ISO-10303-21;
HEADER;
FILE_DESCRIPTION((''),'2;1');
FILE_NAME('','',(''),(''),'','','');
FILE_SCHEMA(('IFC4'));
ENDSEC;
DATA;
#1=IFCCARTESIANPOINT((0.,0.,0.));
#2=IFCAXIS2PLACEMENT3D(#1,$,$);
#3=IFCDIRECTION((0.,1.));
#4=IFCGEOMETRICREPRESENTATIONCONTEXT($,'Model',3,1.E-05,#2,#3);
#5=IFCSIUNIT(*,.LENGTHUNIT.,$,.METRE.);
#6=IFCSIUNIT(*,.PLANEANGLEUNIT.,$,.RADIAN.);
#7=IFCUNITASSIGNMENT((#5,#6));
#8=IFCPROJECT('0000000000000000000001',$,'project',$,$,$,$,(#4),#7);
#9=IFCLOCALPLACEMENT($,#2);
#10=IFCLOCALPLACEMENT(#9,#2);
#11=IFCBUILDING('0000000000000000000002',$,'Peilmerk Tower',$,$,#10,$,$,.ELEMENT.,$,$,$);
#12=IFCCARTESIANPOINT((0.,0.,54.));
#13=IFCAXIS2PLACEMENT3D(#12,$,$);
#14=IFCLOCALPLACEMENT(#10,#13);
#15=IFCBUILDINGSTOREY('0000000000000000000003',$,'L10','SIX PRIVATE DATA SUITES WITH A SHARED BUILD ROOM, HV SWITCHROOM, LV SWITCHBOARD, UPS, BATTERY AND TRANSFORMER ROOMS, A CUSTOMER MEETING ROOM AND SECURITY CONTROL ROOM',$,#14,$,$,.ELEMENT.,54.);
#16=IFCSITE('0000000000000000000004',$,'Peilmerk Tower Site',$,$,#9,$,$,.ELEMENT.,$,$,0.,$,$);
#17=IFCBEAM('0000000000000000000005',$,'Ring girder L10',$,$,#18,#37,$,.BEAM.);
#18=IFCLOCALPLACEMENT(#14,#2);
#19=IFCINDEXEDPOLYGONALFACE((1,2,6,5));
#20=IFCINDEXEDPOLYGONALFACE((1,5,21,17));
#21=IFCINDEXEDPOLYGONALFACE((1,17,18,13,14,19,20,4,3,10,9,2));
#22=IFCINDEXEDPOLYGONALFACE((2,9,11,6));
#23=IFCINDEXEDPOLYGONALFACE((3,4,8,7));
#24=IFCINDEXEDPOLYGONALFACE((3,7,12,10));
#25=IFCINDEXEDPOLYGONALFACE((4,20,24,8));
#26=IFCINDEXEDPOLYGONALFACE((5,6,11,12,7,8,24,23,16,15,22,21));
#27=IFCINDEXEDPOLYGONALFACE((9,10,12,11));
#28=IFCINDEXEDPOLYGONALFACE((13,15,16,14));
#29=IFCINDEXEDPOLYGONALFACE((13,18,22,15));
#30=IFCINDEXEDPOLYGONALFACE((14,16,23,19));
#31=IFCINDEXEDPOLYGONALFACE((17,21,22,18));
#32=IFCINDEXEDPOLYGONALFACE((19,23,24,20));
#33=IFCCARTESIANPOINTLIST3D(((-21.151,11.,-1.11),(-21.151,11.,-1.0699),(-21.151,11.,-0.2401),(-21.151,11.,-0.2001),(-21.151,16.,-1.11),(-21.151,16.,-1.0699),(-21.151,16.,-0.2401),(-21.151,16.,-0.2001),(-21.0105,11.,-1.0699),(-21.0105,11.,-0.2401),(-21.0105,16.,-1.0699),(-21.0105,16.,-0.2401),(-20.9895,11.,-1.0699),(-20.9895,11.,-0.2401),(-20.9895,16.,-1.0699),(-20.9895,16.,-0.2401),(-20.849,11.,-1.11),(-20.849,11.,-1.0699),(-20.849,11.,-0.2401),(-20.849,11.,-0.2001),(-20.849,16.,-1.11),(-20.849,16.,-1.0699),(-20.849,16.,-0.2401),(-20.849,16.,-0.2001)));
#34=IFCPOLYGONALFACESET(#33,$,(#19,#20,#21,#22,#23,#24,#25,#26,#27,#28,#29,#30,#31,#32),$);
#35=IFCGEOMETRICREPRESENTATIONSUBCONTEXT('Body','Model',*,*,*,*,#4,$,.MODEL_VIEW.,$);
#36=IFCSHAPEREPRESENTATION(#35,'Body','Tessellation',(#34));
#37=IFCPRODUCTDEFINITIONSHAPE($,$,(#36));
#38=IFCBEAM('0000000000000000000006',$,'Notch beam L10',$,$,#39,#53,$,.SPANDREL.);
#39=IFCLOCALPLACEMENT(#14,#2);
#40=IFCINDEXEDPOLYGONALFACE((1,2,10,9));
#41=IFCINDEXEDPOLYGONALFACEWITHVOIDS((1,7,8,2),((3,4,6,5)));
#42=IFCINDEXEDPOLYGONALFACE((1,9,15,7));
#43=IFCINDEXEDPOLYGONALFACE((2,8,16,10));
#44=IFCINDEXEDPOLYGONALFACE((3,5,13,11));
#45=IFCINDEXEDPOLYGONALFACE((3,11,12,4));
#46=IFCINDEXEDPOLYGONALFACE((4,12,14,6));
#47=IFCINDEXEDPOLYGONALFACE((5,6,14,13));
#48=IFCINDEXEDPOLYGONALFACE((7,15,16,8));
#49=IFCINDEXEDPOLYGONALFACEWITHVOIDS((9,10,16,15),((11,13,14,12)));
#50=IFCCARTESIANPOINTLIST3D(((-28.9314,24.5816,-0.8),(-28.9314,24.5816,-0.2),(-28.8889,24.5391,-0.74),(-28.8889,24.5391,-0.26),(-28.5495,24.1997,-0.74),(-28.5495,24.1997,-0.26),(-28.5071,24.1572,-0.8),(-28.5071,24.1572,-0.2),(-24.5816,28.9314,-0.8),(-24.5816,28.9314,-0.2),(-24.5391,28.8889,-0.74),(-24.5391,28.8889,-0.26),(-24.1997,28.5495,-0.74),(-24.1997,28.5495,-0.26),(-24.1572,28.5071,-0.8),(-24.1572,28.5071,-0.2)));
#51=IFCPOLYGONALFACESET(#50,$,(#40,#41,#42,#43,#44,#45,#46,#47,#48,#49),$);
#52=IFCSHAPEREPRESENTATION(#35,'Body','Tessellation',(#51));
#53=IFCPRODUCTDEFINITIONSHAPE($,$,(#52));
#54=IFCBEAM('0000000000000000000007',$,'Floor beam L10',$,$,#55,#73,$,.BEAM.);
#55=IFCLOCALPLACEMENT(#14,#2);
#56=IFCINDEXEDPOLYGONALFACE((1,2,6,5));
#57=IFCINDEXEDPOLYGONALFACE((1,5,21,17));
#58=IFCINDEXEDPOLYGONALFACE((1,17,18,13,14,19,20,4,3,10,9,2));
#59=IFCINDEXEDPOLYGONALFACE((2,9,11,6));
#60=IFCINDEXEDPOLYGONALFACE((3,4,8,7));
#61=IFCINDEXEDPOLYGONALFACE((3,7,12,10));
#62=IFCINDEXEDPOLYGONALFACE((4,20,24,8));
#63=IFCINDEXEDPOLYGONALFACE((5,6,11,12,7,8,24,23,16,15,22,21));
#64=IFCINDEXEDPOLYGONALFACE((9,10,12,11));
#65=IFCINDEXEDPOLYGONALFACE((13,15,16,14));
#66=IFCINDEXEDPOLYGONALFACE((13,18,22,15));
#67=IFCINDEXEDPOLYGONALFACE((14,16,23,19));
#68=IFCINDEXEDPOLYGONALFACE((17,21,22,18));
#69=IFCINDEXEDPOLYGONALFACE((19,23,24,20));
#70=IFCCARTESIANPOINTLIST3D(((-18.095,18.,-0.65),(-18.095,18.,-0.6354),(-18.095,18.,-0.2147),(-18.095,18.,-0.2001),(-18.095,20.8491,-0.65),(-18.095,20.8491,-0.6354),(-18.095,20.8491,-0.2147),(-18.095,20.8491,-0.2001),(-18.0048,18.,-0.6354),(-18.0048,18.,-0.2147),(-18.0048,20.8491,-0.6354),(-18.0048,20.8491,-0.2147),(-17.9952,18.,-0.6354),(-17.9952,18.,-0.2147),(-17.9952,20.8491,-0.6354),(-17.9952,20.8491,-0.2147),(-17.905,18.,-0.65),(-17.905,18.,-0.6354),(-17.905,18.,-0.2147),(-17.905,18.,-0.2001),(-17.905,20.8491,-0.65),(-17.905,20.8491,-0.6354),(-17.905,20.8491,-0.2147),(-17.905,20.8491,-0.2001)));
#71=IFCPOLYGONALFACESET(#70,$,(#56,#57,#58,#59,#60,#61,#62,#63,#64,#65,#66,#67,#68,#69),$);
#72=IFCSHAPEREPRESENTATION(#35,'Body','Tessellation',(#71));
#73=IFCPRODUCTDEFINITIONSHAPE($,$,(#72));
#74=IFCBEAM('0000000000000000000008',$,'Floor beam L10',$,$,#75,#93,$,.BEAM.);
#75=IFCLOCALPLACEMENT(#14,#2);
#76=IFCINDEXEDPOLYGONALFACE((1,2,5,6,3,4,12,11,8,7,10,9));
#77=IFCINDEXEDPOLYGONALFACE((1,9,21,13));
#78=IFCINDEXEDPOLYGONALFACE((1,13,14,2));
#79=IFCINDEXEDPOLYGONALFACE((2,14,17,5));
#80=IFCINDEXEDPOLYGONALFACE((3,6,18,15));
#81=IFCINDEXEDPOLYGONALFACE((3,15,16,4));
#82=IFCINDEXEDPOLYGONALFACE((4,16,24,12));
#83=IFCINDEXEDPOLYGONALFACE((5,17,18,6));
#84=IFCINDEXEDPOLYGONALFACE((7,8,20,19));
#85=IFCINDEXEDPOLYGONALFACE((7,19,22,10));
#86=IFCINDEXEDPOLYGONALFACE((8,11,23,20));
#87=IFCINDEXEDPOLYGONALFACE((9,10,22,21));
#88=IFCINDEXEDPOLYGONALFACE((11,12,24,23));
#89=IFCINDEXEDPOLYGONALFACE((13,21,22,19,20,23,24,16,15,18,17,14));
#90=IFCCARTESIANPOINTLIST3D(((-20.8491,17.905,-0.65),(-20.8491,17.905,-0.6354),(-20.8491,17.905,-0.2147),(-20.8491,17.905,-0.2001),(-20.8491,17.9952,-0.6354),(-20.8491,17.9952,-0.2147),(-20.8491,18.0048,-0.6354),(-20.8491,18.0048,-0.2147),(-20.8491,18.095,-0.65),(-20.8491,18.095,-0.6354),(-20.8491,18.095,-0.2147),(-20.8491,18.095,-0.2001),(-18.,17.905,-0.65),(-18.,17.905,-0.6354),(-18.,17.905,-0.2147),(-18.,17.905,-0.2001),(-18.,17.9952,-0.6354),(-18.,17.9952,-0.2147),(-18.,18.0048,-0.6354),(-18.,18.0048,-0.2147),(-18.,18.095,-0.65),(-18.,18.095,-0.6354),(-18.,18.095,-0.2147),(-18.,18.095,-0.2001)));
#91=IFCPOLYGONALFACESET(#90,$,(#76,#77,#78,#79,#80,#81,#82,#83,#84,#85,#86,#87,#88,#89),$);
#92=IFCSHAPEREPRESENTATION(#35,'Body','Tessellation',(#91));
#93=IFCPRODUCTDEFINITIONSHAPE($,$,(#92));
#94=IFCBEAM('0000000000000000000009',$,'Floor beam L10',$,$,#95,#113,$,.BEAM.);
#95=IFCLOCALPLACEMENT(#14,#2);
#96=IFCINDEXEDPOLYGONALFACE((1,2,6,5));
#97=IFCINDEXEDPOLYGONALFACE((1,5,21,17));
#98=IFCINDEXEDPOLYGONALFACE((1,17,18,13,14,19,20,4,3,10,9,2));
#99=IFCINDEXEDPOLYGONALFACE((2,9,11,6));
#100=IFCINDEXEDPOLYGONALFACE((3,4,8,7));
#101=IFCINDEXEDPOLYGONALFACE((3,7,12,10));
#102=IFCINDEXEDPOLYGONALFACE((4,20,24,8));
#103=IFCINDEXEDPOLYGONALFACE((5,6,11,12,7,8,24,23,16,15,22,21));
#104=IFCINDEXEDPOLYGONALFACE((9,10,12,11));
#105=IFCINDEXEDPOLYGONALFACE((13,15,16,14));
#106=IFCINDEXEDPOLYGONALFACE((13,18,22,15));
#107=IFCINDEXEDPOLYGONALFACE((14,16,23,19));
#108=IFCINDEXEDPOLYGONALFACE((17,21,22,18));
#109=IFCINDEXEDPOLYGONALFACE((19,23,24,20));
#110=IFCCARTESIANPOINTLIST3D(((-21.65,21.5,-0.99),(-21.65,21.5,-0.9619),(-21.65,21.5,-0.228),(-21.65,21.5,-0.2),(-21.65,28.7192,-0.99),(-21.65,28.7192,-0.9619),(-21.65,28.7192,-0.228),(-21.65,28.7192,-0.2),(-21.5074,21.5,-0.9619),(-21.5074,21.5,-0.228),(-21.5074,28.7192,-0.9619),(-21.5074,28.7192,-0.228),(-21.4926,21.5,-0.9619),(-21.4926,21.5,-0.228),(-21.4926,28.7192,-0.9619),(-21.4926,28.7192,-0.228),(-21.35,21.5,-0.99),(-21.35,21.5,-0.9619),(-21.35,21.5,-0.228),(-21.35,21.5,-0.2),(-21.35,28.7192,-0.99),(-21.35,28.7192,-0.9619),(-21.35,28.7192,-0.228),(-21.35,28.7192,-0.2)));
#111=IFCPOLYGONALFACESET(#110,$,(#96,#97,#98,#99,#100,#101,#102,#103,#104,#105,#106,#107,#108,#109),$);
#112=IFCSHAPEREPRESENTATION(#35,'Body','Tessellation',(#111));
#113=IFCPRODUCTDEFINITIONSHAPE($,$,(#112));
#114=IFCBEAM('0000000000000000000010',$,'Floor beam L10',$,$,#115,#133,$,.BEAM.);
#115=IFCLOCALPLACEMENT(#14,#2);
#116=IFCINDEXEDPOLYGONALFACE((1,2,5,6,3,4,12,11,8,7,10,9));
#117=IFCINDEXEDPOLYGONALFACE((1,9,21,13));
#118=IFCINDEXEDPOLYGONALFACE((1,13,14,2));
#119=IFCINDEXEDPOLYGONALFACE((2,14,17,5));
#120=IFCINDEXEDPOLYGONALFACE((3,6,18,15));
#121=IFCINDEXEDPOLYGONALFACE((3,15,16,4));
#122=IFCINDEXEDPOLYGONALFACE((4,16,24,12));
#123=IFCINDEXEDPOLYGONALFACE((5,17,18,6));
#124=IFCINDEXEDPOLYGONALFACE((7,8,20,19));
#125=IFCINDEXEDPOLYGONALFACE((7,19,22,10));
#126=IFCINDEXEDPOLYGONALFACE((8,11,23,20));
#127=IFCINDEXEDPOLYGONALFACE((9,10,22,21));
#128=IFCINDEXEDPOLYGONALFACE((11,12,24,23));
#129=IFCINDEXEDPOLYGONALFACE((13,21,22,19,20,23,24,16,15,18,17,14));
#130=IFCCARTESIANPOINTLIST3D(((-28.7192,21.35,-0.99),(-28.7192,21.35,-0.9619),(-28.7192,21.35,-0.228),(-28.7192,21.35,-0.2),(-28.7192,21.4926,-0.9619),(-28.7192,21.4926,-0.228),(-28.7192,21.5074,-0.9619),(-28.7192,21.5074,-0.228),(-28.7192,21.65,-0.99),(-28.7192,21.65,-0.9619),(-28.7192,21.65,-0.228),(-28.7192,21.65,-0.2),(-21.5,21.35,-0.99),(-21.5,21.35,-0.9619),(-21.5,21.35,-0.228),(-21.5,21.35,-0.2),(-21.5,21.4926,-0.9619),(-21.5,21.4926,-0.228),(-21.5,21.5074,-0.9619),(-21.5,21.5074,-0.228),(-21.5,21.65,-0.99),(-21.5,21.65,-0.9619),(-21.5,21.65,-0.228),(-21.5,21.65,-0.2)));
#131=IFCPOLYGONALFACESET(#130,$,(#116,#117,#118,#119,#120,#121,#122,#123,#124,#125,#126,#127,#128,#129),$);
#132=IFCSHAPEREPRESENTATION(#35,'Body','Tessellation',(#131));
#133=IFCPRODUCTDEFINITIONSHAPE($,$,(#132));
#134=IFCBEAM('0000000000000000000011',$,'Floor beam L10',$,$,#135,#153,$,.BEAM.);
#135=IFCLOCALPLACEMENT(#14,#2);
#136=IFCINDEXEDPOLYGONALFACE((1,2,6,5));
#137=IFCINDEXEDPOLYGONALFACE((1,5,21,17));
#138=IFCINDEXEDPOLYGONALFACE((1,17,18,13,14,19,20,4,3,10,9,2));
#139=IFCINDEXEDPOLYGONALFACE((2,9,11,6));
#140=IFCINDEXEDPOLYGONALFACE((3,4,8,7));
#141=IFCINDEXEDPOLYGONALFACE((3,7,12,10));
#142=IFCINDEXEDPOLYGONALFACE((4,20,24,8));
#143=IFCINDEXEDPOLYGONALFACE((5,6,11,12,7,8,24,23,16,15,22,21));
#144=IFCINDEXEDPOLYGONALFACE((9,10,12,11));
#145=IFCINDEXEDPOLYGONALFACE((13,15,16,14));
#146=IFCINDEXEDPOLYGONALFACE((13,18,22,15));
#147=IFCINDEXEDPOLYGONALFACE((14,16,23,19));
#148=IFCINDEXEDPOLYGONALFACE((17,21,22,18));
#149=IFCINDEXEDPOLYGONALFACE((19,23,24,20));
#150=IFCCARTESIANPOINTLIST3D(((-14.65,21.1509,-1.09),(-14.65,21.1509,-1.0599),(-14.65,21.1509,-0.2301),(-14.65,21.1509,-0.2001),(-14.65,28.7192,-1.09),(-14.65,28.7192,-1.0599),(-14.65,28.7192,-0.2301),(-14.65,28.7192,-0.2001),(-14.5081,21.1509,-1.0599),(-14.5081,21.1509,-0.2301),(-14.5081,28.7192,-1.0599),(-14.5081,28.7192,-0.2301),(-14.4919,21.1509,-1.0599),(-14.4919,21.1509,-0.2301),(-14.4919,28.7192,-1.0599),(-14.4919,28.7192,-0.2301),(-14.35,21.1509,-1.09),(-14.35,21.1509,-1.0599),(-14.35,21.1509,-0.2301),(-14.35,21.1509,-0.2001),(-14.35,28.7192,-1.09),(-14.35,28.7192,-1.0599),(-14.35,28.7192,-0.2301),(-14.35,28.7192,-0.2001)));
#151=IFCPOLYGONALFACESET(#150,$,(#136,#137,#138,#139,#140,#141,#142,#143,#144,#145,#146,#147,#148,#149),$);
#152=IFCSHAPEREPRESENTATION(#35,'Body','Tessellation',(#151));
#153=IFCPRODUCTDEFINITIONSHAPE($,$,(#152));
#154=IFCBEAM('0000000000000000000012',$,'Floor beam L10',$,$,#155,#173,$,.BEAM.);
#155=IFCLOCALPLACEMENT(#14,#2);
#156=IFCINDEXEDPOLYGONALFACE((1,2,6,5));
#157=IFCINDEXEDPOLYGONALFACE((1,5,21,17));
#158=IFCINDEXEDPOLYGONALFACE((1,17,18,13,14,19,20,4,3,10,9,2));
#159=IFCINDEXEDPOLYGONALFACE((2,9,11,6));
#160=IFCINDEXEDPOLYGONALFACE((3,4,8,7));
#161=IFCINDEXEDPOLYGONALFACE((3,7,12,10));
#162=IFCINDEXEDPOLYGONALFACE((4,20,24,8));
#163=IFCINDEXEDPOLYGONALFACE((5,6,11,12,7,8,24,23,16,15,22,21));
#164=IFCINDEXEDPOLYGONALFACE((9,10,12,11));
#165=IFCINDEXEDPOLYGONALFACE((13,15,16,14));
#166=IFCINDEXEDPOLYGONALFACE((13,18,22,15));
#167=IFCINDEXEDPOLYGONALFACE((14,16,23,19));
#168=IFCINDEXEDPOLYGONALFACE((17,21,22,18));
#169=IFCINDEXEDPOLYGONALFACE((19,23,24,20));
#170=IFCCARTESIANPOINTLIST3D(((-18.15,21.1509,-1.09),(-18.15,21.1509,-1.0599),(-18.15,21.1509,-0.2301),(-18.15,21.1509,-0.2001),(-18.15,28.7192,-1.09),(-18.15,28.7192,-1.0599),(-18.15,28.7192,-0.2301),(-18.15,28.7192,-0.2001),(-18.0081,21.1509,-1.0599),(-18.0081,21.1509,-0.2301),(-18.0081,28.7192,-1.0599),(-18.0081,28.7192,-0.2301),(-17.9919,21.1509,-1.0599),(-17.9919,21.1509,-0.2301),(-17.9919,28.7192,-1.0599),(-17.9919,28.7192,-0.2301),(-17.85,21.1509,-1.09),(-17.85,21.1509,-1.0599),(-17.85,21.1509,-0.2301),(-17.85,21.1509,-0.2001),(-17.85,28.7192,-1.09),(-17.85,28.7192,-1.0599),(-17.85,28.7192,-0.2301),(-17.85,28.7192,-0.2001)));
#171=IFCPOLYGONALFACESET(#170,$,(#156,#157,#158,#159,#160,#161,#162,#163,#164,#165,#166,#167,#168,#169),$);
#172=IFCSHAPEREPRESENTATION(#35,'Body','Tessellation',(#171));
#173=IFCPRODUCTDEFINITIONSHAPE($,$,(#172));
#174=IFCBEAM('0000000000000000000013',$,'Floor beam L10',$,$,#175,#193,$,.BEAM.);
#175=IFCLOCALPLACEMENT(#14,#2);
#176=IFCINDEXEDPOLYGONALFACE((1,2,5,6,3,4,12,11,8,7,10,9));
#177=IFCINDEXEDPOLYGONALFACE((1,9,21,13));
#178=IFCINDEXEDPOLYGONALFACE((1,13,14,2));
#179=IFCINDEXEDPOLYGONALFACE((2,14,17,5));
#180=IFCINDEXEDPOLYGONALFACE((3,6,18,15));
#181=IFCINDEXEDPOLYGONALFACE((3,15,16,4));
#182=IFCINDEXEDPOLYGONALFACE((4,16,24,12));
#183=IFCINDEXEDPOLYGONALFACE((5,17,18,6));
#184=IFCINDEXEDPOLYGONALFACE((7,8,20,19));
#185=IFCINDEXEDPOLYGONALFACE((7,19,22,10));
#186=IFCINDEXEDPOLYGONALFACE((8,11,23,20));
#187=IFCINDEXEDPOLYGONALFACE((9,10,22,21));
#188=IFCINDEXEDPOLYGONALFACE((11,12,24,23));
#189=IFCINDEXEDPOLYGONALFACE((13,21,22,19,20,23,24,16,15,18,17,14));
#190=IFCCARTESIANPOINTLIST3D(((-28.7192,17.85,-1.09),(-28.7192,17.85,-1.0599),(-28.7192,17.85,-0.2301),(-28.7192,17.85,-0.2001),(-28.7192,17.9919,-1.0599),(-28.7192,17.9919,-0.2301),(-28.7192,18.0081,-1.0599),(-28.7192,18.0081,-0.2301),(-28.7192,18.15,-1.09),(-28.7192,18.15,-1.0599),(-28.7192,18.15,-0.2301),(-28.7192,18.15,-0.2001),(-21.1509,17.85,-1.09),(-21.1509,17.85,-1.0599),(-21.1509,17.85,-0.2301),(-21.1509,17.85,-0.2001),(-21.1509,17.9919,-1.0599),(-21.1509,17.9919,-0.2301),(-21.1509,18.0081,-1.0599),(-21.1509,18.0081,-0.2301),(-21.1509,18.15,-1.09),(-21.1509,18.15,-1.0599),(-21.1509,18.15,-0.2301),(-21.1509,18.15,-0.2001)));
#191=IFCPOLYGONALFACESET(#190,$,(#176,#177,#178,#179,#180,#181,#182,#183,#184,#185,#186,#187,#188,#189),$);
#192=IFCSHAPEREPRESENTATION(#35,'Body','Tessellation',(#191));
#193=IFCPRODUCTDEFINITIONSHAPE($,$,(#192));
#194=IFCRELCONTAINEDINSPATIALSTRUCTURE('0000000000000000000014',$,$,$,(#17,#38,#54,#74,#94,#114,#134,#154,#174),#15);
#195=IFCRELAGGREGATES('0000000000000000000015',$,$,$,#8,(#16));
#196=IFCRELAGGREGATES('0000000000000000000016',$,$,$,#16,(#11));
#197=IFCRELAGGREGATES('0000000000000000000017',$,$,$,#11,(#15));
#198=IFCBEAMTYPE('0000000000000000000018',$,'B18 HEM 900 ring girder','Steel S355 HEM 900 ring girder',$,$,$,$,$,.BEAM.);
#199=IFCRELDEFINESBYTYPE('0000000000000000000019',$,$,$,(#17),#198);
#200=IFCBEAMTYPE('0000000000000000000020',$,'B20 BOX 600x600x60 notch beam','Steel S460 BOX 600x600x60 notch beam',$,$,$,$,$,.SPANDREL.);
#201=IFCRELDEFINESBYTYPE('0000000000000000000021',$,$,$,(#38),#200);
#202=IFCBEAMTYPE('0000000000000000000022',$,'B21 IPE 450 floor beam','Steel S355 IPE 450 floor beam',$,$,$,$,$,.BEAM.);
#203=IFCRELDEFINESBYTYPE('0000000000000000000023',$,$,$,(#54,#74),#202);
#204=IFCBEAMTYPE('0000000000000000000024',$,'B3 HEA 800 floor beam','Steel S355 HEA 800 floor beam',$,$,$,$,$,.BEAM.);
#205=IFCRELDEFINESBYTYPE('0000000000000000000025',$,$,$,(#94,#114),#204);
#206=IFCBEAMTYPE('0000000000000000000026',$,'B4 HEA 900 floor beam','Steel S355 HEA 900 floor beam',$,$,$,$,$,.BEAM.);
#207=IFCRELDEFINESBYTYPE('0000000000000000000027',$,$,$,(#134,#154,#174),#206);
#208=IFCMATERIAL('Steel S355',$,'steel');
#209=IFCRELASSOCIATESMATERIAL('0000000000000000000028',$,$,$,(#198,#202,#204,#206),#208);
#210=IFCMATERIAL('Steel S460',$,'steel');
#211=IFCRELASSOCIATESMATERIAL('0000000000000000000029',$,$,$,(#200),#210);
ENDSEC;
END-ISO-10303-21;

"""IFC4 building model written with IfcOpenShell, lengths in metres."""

from ifc_helpers import new_model, si_unit, direction, frame, origin, origin_2d, place, context, subcontext, project, spatial, hollow_rectangle, i_section, extrude, material, material_profile, profile_set, type_object, element, save


model = new_model("IFC4")

# Units and contexts
model_context = context("Model", 3, precision=1e-05, world=origin(), true_north=direction((0.0, 1.0)))
body_context = subcontext(model_context, "Body", "Model", "MODEL_VIEW")
ifc_project = project(units=[si_unit("LENGTHUNIT", "METRE"), si_unit("PLANEANGLEUNIT", "RADIAN")], contexts=[model_context])

# Site, building, storey
site_placement = place(None, origin())
site = spatial("IfcSite", under=ifc_project, at=site_placement, Name="Peilmerk Tower Site", CompositionType="ELEMENT", RefElevation=0.0)
building_placement = place(site_placement, origin())
building = spatial("IfcBuilding", under=site, at=building_placement, Name="Peilmerk Tower", CompositionType="ELEMENT")
storey_placement = place(building_placement, frame((0.0, 0.0, 54.0)))
storey = spatial("IfcBuildingStorey", under=building, at=storey_placement, Name="L10", Description="SIX PRIVATE DATA SUITES WITH A SHARED BUILD ROOM, HV SWITCHROOM, LV SWITCHBOARD, UPS, BATTERY AND TRANSFORMER ROOMS, A CUSTOMER MEETING ROOM AND SECURITY CONTROL ROOM", CompositionType="ELEMENT", Elevation=54.0)

# Beams
ifc_material_1 = material(Name="Steel S355", Category="steel")
ifc_material_profile_1 = material_profile(ifc_material_1, i_section(OverallWidth=0.302, OverallDepth=0.9099, WebThickness=0.021, FlangeThickness=0.04, at=origin_2d()), Name="HEM 900")
ifc_profile_set_1 = profile_set([ifc_material_profile_1], Name="Steel S355")
beam_type_1 = type_object("IfcBeamType", Name="B18 HEM 900 ring girder", Description="Steel S355 HEM 900 ring girder", PredefinedType="BEAM", material=ifc_profile_set_1)
for number, where, z_axis, x_axis, name in (
    (1, (-21.0, 16.0, -0.655), (0.0, -1.0, 0.0), (1.0, 0.0, 0.0), "Ring girder L10"),
):
    element("IfcBeam", number, at=place(storey_placement, frame(where, z_axis=z_axis, x_axis=x_axis)), inside=storey, type_object=beam_type_1, Name=name, PredefinedType="BEAM", context=body_context, shape_type="SweptSolid", body=[
        extrude(i_section(OverallWidth=0.302, OverallDepth=0.9099, WebThickness=0.021, FlangeThickness=0.04, at=origin_2d()), origin(), (0.0, 0.0, 1.0), 5.0),
    ])
ifc_material_2 = material(Name="Steel S460", Category="steel")
ifc_material_profile_2 = material_profile(ifc_material_2, hollow_rectangle(XDim=0.6001, YDim=0.6001, WallThickness=0.0601, at=origin_2d()), Name="BOX 600x600x60")
ifc_profile_set_2 = profile_set([ifc_material_profile_2], Name="Steel S460")
beam_type_2 = type_object("IfcBeamType", Name="B20 BOX 600x600x60 notch beam", Description="Steel S460 BOX 600x600x60 notch beam", PredefinedType="SPANDREL", material=ifc_profile_set_2)
beam_1_placement = place(storey_placement, frame((-28.7192, 24.3694, -0.5), z_axis=(0.707107, 0.707107, 0.0), x_axis=(-0.707107, 0.707107, 0.0)))
element("IfcBeam", 2, at=beam_1_placement, inside=storey, type_object=beam_type_2, Name="Notch beam L10", PredefinedType="SPANDREL", context=body_context, shape_type="SweptSolid", body=[
    extrude(hollow_rectangle(XDim=0.6001, YDim=0.6001, WallThickness=0.0601, at=origin_2d()), origin(), (0.0, 0.0, 1.0), 6.1516),
])
ifc_material_profile_3 = material_profile(ifc_material_1, i_section(OverallWidth=0.1899, OverallDepth=0.45, WebThickness=0.0095, FlangeThickness=0.0146, at=origin_2d()), Name="IPE 450")
ifc_profile_set_3 = profile_set([ifc_material_profile_3], Name="Steel S355")
beam_type_3 = type_object("IfcBeamType", Name="B21 IPE 450 floor beam", Description="Steel S355 IPE 450 floor beam", PredefinedType="BEAM", material=ifc_profile_set_3)
for number, where, z_axis, x_axis, name in (
    (3, (-18.0, 18.0, -0.425), (0.0, 1.0, 0.0), (-1.0, 0.0, 0.0), "Floor beam L10"),
    (4, (-18.0, 18.0, -0.425), (-1.0, 0.0, 0.0), (0.0, -1.0, 0.0), "Floor beam L10"),
):
    element("IfcBeam", number, at=place(storey_placement, frame(where, z_axis=z_axis, x_axis=x_axis)), inside=storey, type_object=beam_type_3, Name=name, PredefinedType="BEAM", context=body_context, shape_type="SweptSolid", body=[
        extrude(i_section(OverallWidth=0.1899, OverallDepth=0.45, WebThickness=0.0095, FlangeThickness=0.0146, at=origin_2d()), origin(), (0.0, 0.0, 1.0), 2.8491),
    ])
ifc_material_profile_4 = material_profile(ifc_material_1, i_section(OverallWidth=0.3, OverallDepth=0.79, WebThickness=0.0149, FlangeThickness=0.0281, at=origin_2d()), Name="HEA 800")
ifc_profile_set_4 = profile_set([ifc_material_profile_4], Name="Steel S355")
beam_type_4 = type_object("IfcBeamType", Name="B3 HEA 800 floor beam", Description="Steel S355 HEA 800 floor beam", PredefinedType="BEAM", material=ifc_profile_set_4)
for number, where, z_axis, x_axis, name in (
    (5, (-21.5, 21.5, -0.595), (0.0, 1.0, 0.0), (-1.0, 0.0, 0.0), "Floor beam L10"),
    (6, (-21.5, 21.5, -0.595), (-1.0, 0.0, 0.0), (0.0, -1.0, 0.0), "Floor beam L10"),
):
    element("IfcBeam", number, at=place(storey_placement, frame(where, z_axis=z_axis, x_axis=x_axis)), inside=storey, type_object=beam_type_4, Name=name, PredefinedType="BEAM", context=body_context, shape_type="SweptSolid", body=[
        extrude(i_section(OverallWidth=0.3, OverallDepth=0.79, WebThickness=0.0149, FlangeThickness=0.0281, at=origin_2d()), origin(), (0.0, 0.0, 1.0), 7.2192),
    ])
ifc_material_profile_5 = material_profile(ifc_material_1, i_section(OverallWidth=0.3, OverallDepth=0.8899, WebThickness=0.0161, FlangeThickness=0.03, at=origin_2d()), Name="HEA 900")
ifc_profile_set_5 = profile_set([ifc_material_profile_5], Name="Steel S355")
beam_type_5 = type_object("IfcBeamType", Name="B4 HEA 900 floor beam", Description="Steel S355 HEA 900 floor beam", PredefinedType="BEAM", material=ifc_profile_set_5)
for number, where, z_axis, x_axis, name in (
    (7, (-14.5, 21.1509, -0.645), (0.0, 1.0, 0.0), (-1.0, 0.0, 0.0), "Floor beam L10"),
    (8, (-18.0, 21.1509, -0.645), (0.0, 1.0, 0.0), (-1.0, 0.0, 0.0), "Floor beam L10"),
    (9, (-21.1509, 18.0, -0.645), (-1.0, 0.0, 0.0), (0.0, -1.0, 0.0), "Floor beam L10"),
):
    element("IfcBeam", number, at=place(storey_placement, frame(where, z_axis=z_axis, x_axis=x_axis)), inside=storey, type_object=beam_type_5, Name=name, PredefinedType="BEAM", context=body_context, shape_type="SweptSolid", body=[
        extrude(i_section(OverallWidth=0.3, OverallDepth=0.8899, WebThickness=0.0161, FlangeThickness=0.03, at=origin_2d()), origin(), (0.0, 0.0, 1.0), 7.5684),
    ])

save(model, "model.ifc")
